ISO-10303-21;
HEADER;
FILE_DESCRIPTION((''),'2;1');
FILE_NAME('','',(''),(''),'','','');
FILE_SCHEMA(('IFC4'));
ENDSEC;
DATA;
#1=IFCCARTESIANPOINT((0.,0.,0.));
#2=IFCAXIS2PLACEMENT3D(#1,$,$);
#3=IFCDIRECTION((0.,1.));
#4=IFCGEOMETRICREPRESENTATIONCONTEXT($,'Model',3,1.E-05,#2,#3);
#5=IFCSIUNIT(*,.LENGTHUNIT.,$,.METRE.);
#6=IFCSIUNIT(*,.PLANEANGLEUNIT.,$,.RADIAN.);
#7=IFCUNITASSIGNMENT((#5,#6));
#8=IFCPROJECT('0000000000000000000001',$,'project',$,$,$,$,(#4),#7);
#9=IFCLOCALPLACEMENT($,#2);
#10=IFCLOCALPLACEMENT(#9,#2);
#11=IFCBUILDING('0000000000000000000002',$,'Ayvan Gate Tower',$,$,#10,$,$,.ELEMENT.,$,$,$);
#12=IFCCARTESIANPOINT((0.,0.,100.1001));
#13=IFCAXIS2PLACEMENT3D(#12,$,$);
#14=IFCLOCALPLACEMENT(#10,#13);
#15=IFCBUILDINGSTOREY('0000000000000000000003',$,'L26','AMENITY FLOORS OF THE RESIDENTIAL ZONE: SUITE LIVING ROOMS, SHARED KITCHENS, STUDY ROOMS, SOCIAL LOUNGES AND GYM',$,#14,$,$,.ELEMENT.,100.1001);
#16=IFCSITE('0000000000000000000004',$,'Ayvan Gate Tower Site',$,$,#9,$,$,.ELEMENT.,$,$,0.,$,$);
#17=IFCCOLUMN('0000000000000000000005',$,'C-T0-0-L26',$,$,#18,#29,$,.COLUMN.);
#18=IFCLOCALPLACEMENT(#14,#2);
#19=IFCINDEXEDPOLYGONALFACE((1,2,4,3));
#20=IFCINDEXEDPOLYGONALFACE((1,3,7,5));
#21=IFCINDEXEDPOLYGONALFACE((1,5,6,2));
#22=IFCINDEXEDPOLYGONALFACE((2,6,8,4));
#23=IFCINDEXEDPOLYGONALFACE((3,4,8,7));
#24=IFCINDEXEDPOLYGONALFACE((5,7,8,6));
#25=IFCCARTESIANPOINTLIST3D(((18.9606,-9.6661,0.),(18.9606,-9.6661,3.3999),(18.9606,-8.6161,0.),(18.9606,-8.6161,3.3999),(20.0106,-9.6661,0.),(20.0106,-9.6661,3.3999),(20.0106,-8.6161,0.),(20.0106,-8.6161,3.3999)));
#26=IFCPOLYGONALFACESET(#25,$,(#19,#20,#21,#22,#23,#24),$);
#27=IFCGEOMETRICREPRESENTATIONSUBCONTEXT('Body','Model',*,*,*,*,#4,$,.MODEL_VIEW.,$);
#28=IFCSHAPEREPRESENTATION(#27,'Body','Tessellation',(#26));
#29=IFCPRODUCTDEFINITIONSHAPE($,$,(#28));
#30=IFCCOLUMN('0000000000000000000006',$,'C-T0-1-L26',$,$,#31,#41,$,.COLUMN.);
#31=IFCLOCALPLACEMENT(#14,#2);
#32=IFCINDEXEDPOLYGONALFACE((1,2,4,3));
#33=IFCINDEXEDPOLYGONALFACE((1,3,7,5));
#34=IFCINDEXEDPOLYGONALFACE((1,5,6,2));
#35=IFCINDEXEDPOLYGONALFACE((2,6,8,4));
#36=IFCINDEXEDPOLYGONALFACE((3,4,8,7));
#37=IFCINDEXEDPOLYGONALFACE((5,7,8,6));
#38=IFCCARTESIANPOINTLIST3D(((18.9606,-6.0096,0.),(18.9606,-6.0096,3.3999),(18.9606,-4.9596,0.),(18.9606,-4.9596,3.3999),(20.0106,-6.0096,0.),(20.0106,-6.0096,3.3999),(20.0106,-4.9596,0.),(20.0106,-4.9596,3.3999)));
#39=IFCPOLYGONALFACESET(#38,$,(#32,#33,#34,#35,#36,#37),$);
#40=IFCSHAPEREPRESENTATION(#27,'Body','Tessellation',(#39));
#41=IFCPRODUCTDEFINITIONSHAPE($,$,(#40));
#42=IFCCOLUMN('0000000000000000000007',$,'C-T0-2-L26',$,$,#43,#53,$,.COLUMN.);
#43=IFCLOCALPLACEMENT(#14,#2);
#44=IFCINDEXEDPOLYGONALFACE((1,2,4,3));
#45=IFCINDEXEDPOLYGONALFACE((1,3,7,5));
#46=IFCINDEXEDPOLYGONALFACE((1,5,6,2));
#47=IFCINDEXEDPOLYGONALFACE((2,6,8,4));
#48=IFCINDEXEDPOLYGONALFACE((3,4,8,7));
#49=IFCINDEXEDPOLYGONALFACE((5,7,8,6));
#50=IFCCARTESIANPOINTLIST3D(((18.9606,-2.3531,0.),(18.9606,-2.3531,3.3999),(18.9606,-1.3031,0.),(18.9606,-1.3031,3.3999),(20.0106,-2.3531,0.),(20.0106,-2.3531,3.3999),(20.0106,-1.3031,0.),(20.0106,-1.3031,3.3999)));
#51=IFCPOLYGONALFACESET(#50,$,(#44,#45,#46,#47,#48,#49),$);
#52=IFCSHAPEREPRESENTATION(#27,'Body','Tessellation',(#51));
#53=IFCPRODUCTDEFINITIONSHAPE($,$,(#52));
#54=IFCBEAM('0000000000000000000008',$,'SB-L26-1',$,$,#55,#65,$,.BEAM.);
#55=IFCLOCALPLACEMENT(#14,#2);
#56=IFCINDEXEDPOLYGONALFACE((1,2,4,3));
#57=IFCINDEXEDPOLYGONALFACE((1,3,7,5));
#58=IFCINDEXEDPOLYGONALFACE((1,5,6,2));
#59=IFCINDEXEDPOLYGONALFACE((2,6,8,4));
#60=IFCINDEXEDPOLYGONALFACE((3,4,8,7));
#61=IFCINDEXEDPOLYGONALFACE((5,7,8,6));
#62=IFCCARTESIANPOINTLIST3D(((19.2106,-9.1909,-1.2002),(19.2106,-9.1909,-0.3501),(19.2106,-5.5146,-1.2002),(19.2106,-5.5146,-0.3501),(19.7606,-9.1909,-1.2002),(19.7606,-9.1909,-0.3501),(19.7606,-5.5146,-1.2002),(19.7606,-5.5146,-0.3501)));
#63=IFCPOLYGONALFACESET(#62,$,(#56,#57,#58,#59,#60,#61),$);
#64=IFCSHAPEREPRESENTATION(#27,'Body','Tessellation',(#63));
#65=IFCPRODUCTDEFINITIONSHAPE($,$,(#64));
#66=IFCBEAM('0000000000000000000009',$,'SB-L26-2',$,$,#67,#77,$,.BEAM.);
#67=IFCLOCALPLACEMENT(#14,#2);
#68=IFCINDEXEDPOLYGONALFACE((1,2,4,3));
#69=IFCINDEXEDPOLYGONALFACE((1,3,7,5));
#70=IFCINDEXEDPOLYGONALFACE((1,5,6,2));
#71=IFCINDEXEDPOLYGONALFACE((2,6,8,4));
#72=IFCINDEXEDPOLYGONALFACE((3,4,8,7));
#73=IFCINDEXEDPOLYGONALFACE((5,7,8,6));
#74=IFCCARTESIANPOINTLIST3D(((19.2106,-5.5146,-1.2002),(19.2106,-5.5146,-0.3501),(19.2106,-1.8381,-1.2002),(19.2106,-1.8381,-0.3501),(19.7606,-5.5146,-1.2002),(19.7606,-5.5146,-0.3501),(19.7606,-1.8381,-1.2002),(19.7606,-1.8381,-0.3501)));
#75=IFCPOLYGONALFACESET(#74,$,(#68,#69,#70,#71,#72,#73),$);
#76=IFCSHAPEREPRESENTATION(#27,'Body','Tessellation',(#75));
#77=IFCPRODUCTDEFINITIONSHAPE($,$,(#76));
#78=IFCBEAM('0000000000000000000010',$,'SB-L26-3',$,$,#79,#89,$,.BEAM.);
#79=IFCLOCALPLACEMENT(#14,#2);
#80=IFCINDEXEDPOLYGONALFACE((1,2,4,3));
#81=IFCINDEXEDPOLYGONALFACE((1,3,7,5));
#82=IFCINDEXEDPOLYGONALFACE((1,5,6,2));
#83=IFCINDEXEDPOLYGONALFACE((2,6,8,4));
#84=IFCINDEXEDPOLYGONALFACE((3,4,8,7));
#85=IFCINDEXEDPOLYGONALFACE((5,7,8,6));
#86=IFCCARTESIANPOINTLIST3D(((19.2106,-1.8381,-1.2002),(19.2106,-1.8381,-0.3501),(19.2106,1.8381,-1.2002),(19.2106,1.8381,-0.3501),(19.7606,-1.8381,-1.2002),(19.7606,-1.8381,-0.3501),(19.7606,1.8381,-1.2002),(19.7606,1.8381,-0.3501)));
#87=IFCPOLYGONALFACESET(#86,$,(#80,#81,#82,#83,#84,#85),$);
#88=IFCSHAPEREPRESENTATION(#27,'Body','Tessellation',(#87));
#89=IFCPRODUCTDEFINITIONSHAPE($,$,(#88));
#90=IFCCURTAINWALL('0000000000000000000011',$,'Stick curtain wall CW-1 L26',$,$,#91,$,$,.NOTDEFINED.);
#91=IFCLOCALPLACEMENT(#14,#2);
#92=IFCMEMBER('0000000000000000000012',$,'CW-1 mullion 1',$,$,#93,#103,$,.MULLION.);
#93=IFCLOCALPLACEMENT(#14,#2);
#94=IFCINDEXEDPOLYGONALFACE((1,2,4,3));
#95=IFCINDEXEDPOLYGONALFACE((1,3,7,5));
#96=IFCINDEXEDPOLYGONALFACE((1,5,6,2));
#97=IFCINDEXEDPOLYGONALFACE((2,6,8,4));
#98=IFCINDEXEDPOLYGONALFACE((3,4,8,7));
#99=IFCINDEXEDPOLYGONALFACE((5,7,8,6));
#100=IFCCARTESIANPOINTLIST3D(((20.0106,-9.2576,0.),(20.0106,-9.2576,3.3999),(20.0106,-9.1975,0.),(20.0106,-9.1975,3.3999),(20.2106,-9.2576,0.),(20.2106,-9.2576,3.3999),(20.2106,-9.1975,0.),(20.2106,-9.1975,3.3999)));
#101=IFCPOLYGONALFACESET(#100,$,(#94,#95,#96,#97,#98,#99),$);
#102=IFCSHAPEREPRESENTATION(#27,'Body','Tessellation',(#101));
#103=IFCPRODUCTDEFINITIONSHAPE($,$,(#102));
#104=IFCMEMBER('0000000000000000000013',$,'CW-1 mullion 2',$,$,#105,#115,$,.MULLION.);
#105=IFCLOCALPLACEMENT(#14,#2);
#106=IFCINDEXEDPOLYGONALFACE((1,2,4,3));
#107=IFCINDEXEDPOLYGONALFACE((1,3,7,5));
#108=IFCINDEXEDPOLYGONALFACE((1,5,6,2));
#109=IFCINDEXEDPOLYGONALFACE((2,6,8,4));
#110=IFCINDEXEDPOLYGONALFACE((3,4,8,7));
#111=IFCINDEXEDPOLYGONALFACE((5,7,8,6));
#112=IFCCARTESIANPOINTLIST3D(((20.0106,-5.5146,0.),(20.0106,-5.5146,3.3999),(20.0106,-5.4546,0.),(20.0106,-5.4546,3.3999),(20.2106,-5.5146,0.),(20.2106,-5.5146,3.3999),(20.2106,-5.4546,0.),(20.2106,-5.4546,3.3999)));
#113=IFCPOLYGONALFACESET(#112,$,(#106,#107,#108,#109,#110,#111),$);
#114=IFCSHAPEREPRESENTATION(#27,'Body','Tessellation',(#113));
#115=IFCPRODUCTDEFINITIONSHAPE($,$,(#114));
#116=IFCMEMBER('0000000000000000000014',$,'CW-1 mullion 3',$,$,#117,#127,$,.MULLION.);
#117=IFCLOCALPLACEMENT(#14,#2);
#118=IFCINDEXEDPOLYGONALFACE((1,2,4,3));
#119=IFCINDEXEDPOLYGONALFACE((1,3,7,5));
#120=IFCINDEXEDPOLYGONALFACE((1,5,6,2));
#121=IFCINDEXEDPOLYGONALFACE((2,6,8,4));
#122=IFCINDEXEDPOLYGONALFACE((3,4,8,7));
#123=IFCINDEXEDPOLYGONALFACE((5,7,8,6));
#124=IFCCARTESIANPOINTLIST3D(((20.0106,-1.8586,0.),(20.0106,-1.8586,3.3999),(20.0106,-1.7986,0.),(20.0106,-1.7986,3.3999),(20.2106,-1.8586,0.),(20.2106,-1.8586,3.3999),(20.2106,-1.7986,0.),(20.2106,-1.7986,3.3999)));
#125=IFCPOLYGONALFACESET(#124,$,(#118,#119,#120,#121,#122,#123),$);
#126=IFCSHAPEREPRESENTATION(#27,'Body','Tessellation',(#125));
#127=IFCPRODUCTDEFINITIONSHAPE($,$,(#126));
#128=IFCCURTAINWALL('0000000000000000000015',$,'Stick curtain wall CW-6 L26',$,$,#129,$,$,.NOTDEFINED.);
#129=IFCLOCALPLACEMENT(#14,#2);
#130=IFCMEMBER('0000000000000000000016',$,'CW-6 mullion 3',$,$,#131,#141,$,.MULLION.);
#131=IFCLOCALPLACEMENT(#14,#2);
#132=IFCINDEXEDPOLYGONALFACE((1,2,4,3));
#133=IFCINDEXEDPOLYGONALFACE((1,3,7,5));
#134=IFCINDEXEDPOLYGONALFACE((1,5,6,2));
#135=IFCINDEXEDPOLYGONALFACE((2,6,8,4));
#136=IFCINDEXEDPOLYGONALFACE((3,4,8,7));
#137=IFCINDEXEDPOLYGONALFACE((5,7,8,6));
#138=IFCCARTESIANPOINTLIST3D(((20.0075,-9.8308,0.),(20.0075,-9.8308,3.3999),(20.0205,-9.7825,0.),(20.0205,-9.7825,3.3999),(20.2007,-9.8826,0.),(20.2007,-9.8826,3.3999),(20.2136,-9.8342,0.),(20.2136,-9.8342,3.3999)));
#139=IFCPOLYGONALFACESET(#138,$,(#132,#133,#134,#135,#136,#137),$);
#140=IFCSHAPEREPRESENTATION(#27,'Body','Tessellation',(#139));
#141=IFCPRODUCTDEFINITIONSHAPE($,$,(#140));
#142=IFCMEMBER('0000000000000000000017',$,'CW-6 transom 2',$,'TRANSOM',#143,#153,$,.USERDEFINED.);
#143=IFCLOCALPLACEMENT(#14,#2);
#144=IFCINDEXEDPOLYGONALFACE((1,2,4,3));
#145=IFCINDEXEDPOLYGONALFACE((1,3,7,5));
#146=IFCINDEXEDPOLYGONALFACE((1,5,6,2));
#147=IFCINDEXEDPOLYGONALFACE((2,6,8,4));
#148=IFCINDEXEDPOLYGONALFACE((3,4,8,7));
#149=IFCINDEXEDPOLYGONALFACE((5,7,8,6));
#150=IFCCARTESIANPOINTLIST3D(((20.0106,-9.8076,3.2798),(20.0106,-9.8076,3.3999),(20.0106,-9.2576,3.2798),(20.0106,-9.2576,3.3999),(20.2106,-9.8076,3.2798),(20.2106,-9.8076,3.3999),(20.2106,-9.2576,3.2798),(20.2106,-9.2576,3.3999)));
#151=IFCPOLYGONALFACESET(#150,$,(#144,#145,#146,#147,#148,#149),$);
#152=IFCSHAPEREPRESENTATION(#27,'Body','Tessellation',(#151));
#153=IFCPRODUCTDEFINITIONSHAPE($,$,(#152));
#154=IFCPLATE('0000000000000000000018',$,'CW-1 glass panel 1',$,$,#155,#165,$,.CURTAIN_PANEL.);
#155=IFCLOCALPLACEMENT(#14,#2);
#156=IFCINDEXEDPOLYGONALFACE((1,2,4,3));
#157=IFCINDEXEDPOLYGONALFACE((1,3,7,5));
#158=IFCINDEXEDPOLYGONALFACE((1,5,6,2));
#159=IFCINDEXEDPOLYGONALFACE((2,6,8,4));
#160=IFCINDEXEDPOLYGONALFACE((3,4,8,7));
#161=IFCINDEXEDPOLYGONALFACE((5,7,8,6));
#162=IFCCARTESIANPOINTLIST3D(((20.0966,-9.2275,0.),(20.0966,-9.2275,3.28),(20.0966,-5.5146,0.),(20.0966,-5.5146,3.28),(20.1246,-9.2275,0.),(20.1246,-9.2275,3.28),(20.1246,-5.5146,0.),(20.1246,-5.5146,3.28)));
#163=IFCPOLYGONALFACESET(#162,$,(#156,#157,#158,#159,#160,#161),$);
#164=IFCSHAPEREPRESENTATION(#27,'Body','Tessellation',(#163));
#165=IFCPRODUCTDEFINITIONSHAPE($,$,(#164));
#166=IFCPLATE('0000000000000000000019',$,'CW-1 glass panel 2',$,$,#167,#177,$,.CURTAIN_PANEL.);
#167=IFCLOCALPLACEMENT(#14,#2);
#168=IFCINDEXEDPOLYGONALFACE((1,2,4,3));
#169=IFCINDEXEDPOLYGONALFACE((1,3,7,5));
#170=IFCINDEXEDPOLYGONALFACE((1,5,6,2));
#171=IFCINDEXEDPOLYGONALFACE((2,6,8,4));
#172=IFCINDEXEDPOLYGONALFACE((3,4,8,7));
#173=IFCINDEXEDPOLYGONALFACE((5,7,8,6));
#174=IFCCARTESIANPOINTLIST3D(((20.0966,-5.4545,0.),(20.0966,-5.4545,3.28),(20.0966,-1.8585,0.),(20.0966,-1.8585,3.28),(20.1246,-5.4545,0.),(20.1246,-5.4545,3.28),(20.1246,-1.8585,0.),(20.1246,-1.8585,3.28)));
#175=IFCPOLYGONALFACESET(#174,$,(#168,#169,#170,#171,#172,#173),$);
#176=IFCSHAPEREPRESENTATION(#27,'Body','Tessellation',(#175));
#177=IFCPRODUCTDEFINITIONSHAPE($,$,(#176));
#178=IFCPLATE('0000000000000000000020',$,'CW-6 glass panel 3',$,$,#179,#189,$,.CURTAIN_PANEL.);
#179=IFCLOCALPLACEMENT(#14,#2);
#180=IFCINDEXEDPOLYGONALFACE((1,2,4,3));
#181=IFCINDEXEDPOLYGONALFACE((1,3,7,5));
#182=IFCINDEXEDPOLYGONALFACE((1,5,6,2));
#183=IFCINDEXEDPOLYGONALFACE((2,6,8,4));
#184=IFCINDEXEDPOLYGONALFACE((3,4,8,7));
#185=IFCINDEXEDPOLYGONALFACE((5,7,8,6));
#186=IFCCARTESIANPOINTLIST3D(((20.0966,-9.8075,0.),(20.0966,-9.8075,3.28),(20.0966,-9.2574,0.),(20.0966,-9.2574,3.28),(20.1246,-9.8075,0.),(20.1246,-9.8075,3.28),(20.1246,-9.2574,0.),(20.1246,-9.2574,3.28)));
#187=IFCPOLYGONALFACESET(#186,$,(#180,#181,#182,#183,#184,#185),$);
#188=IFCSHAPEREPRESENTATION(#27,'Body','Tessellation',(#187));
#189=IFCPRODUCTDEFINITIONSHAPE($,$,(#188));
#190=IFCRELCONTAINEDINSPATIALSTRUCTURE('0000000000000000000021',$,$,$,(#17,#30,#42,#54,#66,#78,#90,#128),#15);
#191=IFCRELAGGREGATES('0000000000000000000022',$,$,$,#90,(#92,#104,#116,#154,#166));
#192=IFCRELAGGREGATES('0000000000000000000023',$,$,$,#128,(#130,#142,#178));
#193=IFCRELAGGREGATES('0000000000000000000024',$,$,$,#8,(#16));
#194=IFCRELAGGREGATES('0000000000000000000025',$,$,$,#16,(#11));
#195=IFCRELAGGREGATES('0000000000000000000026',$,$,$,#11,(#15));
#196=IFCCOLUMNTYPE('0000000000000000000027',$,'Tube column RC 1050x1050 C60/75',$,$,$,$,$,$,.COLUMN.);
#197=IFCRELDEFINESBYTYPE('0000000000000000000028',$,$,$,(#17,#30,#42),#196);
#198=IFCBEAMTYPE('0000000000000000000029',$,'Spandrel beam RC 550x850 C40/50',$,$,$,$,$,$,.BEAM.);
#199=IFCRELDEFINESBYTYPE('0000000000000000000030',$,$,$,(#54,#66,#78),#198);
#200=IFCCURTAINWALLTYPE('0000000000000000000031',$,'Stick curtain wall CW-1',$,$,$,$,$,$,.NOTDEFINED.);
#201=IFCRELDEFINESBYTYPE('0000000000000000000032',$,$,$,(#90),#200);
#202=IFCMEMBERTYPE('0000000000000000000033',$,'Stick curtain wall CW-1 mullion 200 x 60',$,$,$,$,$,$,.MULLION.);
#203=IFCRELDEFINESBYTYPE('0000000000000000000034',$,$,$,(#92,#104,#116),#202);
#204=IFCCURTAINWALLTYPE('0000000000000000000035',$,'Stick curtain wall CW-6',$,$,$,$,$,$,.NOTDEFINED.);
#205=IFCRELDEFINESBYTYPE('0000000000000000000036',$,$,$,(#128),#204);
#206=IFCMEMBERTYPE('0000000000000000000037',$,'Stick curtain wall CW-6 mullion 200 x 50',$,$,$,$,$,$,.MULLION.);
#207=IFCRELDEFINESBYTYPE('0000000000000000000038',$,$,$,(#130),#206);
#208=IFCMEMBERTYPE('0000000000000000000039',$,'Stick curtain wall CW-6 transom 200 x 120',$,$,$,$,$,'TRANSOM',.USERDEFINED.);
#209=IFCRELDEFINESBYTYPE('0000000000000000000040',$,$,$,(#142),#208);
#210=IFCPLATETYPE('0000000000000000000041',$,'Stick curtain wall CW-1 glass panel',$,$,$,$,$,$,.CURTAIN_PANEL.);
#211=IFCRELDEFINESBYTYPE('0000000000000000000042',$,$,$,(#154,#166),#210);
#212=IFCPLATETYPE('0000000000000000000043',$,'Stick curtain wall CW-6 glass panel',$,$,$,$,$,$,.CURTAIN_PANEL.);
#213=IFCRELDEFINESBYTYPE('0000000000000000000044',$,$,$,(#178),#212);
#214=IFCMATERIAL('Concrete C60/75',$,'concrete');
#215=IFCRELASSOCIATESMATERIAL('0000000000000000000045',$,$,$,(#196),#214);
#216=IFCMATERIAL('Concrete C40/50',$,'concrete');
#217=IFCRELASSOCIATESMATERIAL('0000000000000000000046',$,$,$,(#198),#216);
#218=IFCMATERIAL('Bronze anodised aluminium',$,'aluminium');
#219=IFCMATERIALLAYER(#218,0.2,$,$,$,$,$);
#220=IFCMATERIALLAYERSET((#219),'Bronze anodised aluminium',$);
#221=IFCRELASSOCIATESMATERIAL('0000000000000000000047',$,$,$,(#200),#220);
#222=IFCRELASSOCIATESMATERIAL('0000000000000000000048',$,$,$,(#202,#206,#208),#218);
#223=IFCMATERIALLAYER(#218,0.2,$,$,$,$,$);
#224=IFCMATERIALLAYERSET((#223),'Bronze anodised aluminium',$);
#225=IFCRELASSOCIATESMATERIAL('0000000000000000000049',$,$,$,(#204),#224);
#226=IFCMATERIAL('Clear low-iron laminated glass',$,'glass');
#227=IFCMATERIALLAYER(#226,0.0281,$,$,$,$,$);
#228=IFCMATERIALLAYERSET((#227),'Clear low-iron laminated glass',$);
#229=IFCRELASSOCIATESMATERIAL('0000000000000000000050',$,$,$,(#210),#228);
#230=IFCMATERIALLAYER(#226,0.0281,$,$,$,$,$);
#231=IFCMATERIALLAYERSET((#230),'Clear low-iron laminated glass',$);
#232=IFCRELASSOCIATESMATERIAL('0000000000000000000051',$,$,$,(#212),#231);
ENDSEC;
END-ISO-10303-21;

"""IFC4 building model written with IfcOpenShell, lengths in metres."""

from ifc_helpers import new_model, si_unit, direction, frame, origin, origin_2d, place, context, subcontext, project, spatial, rectangle, extrude, material, layer, layer_set, material_profile, profile_set, type_object, element, aggregate, save


model = new_model("IFC4")

# Units and contexts
model_context = context("Model", 3, precision=1e-05, world=origin(), true_north=direction((0.0, 1.0)))
body_context = subcontext(model_context, "Body", "Model", "MODEL_VIEW")
ifc_project = project(units=[si_unit("LENGTHUNIT", "METRE"), si_unit("PLANEANGLEUNIT", "RADIAN")], contexts=[model_context])

# Site, building, storey
site_placement = place(None, origin())
site = spatial("IfcSite", under=ifc_project, at=site_placement, Name="Ayvan Gate Tower Site", CompositionType="ELEMENT", RefElevation=0.0)
building_placement = place(site_placement, origin())
building = spatial("IfcBuilding", under=site, at=building_placement, Name="Ayvan Gate Tower", CompositionType="ELEMENT")
storey_placement = place(building_placement, frame((0.0, 0.0, 100.1001)))
storey = spatial("IfcBuildingStorey", under=building, at=storey_placement, Name="L26", Description="AMENITY FLOORS OF THE RESIDENTIAL ZONE: SUITE LIVING ROOMS, SHARED KITCHENS, STUDY ROOMS, SOCIAL LOUNGES AND GYM", CompositionType="ELEMENT", Elevation=100.1001)

# Columns
ifc_material_1 = material(Name="Concrete C60/75", Category="concrete")
ifc_material_profile_1 = material_profile(ifc_material_1, rectangle(XDim=1.05, YDim=1.05, at=origin_2d()), Name="RC 1050x1050")
ifc_profile_set_1 = profile_set([ifc_material_profile_1], Name="Concrete C60/75")
column_type = type_object("IfcColumnType", Name="Tube column RC 1050x1050 C60/75", PredefinedType="COLUMN", material=ifc_profile_set_1)
for number, where, z_axis, x_axis, name in (
    (1, (19.4856, -9.1411, 0.0), (0.0, 0.0, 1.0), (1.0, 0.0, 0.0), "C-T0-0-L26"),
    (2, (19.4856, -5.4846, 0.0), (0.0, 0.0, 1.0), (1.0, 0.0, 0.0), "C-T0-1-L26"),
    (3, (19.4856, -1.8281, 0.0), (0.0, 0.0, 1.0), (1.0, 0.0, 0.0), "C-T0-2-L26"),
):
    element("IfcColumn", number, at=place(storey_placement, frame(where, z_axis=z_axis, x_axis=x_axis)), inside=storey, type_object=column_type, Name=name, PredefinedType="COLUMN", context=body_context, shape_type="SweptSolid", body=[
        extrude(rectangle(XDim=1.05, YDim=1.05, at=origin_2d()), origin(), (0.0, 0.0, 1.0), 3.3999),
    ])

# Beams
ifc_material_2 = material(Name="Concrete C40/50", Category="concrete")
ifc_material_profile_2 = material_profile(ifc_material_2, rectangle(XDim=0.55, YDim=0.8501, at=origin_2d()), Name="RC 550x850")
ifc_profile_set_2 = profile_set([ifc_material_profile_2], Name="Concrete C40/50")
beam_type = type_object("IfcBeamType", Name="Spandrel beam RC 550x850 C40/50", PredefinedType="BEAM", material=ifc_profile_set_2)
beam_1_placement = place(storey_placement, frame((19.4856, -9.1909, -0.7751), z_axis=(0.0, 1.0, 0.0), x_axis=(-1.0, 0.0, 0.0)))
element("IfcBeam", 4, at=beam_1_placement, inside=storey, type_object=beam_type, Name="SB-L26-1", PredefinedType="BEAM", context=body_context, shape_type="SweptSolid", body=[
    extrude(rectangle(XDim=0.55, YDim=0.8501, at=origin_2d()), origin(), (0.0, 0.0, 1.0), 3.6763),
])
beam_2_placement = place(storey_placement, frame((19.4856, -5.5146, -0.7751), z_axis=(0.0, 1.0, 0.0), x_axis=(-1.0, 0.0, 0.0)))
element("IfcBeam", 5, at=beam_2_placement, inside=storey, type_object=beam_type, Name="SB-L26-2", PredefinedType="BEAM", context=body_context, shape_type="SweptSolid", body=[
    extrude(rectangle(XDim=0.55, YDim=0.8501, at=origin_2d()), origin(), (0.0, 0.0, 1.0), 3.6765),
])
beam_3_placement = place(storey_placement, frame((19.4856, -1.8381, -0.7751), z_axis=(0.0, 1.0, 0.0), x_axis=(-1.0, 0.0, 0.0)))
element("IfcBeam", 6, at=beam_3_placement, inside=storey, type_object=beam_type, Name="SB-L26-3", PredefinedType="BEAM", context=body_context, shape_type="SweptSolid", body=[
    extrude(rectangle(XDim=0.55, YDim=0.8501, at=origin_2d()), origin(), (0.0, 0.0, 1.0), 3.6763),
])

# Curtain walls, members
ifc_material_3 = material(Name="Bronze anodised aluminium", Category="aluminium")
ifc_layer_1 = layer(ifc_material_3, 0.2)
ifc_layer_set_1 = layer_set([ifc_layer_1], Name="Bronze anodised aluminium")
curtain_wall_type_1 = type_object("IfcCurtainWallType", Name="Stick curtain wall CW-1", PredefinedType="NOTDEFINED", material=ifc_layer_set_1)
curtain_wall_1_placement = place(storey_placement, origin())
curtain_wall_1 = element("IfcCurtainWall", 7, at=curtain_wall_1_placement, inside=storey, type_object=curtain_wall_type_1, Name="Stick curtain wall CW-1 L26", PredefinedType="NOTDEFINED")
ifc_material_profile_3 = material_profile(ifc_material_3, rectangle(XDim=0.2, YDim=0.0601, at=origin_2d()), Name="Stick curtain wall CW-1 mullion 200 x 60")
ifc_profile_set_3 = profile_set([ifc_material_profile_3], Name="Bronze anodised aluminium")
member_type_1 = type_object("IfcMemberType", Name="Stick curtain wall CW-1 mullion 200 x 60", PredefinedType="MULLION", material=ifc_profile_set_3)
member_1_placement = place(storey_placement, frame((20.1106, -9.2275, 0.0), z_axis=(0.0, 0.0, 1.0), x_axis=(1.0, 0.0, 0.0)))
member_1 = element("IfcMember", 8, at=member_1_placement, type_object=member_type_1, Name="CW-1 mullion 1", PredefinedType="MULLION", context=body_context, shape_type="SweptSolid", body=[
    extrude(rectangle(XDim=0.2, YDim=0.0601, at=origin_2d()), origin(), (0.0, 0.0, 1.0), 3.3999),
])
member_2_placement = place(storey_placement, frame((20.1106, -5.4846, 0.0), z_axis=(0.0, 0.0, 1.0), x_axis=(1.0, 0.0, 0.0)))
member_2 = element("IfcMember", 9, at=member_2_placement, type_object=member_type_1, Name="CW-1 mullion 2", PredefinedType="MULLION", context=body_context, shape_type="SweptSolid", body=[
    extrude(rectangle(XDim=0.2, YDim=0.0601, at=origin_2d()), origin(), (0.0, 0.0, 1.0), 3.3999),
])
member_3_placement = place(storey_placement, frame((20.1106, -1.8286, 0.0), z_axis=(0.0, 0.0, 1.0), x_axis=(1.0, 0.0, 0.0)))
member_3 = element("IfcMember", 10, at=member_3_placement, type_object=member_type_1, Name="CW-1 mullion 3", PredefinedType="MULLION", context=body_context, shape_type="SweptSolid", body=[
    extrude(rectangle(XDim=0.2, YDim=0.0601, at=origin_2d()), origin(), (0.0, 0.0, 1.0), 3.3999),
])
ifc_layer_2 = layer(ifc_material_3, 0.2)
ifc_layer_set_2 = layer_set([ifc_layer_2], Name="Bronze anodised aluminium")
curtain_wall_type_2 = type_object("IfcCurtainWallType", Name="Stick curtain wall CW-6", PredefinedType="NOTDEFINED", material=ifc_layer_set_2)
curtain_wall_2_placement = place(storey_placement, origin())
curtain_wall_2 = element("IfcCurtainWall", 11, at=curtain_wall_2_placement, inside=storey, type_object=curtain_wall_type_2, Name="Stick curtain wall CW-6 L26", PredefinedType="NOTDEFINED")
ifc_material_profile_4 = material_profile(ifc_material_3, rectangle(XDim=0.2, YDim=0.05, at=origin_2d()), Name="Stick curtain wall CW-6 mullion 200 x 50")
ifc_profile_set_4 = profile_set([ifc_material_profile_4], Name="Bronze anodised aluminium")
member_type_2 = type_object("IfcMemberType", Name="Stick curtain wall CW-6 mullion 200 x 50", PredefinedType="MULLION", material=ifc_profile_set_4)
member_4_placement = place(storey_placement, frame((20.1106, -9.8325, 0.0), z_axis=(0.0, 0.0, 1.0), x_axis=(0.965926, -0.258819, 0.0)))
member_4 = element("IfcMember", 12, at=member_4_placement, type_object=member_type_2, Name="CW-6 mullion 3", PredefinedType="MULLION", context=body_context, shape_type="SweptSolid", body=[
    extrude(rectangle(XDim=0.2, YDim=0.05, at=origin_2d()), origin(), (0.0, 0.0, 1.0), 3.3999),
])
ifc_material_profile_5 = material_profile(ifc_material_3, rectangle(XDim=0.2, YDim=0.1201, at=origin_2d()), Name="Stick curtain wall CW-6 transom 200 x 120")
ifc_profile_set_5 = profile_set([ifc_material_profile_5], Name="Bronze anodised aluminium")
member_type_3 = type_object("IfcMemberType", Name="Stick curtain wall CW-6 transom 200 x 120", ElementType="TRANSOM", PredefinedType="USERDEFINED", material=ifc_profile_set_5)
member_5_placement = place(storey_placement, frame((20.1106, -9.8076, 3.3398), z_axis=(0.0, 1.0, 0.0), x_axis=(-1.0, 0.0, 0.0)))
member_5 = element("IfcMember", 13, at=member_5_placement, type_object=member_type_3, Name="CW-6 transom 2", ObjectType="TRANSOM", PredefinedType="USERDEFINED", context=body_context, shape_type="SweptSolid", body=[
    extrude(rectangle(XDim=0.2, YDim=0.1201, at=origin_2d()), origin(), (0.0, 0.0, 1.0), 0.55),
])

# Plates
ifc_material_4 = material(Name="Clear low-iron laminated glass", Category="glass")
ifc_layer_3 = layer(ifc_material_4, 0.0281)
ifc_layer_set_3 = layer_set([ifc_layer_3], Name="Clear low-iron laminated glass")
plate_type_1 = type_object("IfcPlateType", Name="Stick curtain wall CW-1 glass panel", PredefinedType="CURTAIN_PANEL", material=ifc_layer_set_3)
plate_1_placement = place(storey_placement, frame((20.1106, -7.3711, 0.0), z_axis=(0.0, 0.0, 1.0), x_axis=(0.0, 1.0, 0.0)))
plate_1 = element("IfcPlate", 14, at=plate_1_placement, type_object=plate_type_1, Name="CW-1 glass panel 1", PredefinedType="CURTAIN_PANEL", context=body_context, shape_type="SweptSolid", body=[
    extrude(rectangle(XDim=3.7129, YDim=0.0281, at=origin_2d()), origin(), (0.0, 0.0, 1.0), 3.28),
])
plate_2_placement = place(storey_placement, frame((20.1106, -3.6565, 0.0), z_axis=(0.0, 0.0, 1.0), x_axis=(0.0, 1.0, 0.0)))
plate_2 = element("IfcPlate", 15, at=plate_2_placement, type_object=plate_type_1, Name="CW-1 glass panel 2", PredefinedType="CURTAIN_PANEL", context=body_context, shape_type="SweptSolid", body=[
    extrude(rectangle(XDim=3.5959, YDim=0.0281, at=origin_2d()), origin(), (0.0, 0.0, 1.0), 3.28),
])
aggregate(curtain_wall_1, [member_1, member_2, member_3, plate_1, plate_2])
ifc_layer_4 = layer(ifc_material_4, 0.0281)
ifc_layer_set_4 = layer_set([ifc_layer_4], Name="Clear low-iron laminated glass")
plate_type_2 = type_object("IfcPlateType", Name="Stick curtain wall CW-6 glass panel", PredefinedType="CURTAIN_PANEL", material=ifc_layer_set_4)
plate_3_placement = place(storey_placement, frame((20.1106, -9.5325, 0.0), z_axis=(0.0, 0.0, 1.0), x_axis=(0.0, 1.0, 0.0)))
plate_3 = element("IfcPlate", 16, at=plate_3_placement, type_object=plate_type_2, Name="CW-6 glass panel 3", PredefinedType="CURTAIN_PANEL", context=body_context, shape_type="SweptSolid", body=[
    extrude(rectangle(XDim=0.55, YDim=0.0281, at=origin_2d()), origin(), (0.0, 0.0, 1.0), 3.28),
])
aggregate(curtain_wall_2, [member_4, member_5, plate_3])

save(model, "model.ifc")
